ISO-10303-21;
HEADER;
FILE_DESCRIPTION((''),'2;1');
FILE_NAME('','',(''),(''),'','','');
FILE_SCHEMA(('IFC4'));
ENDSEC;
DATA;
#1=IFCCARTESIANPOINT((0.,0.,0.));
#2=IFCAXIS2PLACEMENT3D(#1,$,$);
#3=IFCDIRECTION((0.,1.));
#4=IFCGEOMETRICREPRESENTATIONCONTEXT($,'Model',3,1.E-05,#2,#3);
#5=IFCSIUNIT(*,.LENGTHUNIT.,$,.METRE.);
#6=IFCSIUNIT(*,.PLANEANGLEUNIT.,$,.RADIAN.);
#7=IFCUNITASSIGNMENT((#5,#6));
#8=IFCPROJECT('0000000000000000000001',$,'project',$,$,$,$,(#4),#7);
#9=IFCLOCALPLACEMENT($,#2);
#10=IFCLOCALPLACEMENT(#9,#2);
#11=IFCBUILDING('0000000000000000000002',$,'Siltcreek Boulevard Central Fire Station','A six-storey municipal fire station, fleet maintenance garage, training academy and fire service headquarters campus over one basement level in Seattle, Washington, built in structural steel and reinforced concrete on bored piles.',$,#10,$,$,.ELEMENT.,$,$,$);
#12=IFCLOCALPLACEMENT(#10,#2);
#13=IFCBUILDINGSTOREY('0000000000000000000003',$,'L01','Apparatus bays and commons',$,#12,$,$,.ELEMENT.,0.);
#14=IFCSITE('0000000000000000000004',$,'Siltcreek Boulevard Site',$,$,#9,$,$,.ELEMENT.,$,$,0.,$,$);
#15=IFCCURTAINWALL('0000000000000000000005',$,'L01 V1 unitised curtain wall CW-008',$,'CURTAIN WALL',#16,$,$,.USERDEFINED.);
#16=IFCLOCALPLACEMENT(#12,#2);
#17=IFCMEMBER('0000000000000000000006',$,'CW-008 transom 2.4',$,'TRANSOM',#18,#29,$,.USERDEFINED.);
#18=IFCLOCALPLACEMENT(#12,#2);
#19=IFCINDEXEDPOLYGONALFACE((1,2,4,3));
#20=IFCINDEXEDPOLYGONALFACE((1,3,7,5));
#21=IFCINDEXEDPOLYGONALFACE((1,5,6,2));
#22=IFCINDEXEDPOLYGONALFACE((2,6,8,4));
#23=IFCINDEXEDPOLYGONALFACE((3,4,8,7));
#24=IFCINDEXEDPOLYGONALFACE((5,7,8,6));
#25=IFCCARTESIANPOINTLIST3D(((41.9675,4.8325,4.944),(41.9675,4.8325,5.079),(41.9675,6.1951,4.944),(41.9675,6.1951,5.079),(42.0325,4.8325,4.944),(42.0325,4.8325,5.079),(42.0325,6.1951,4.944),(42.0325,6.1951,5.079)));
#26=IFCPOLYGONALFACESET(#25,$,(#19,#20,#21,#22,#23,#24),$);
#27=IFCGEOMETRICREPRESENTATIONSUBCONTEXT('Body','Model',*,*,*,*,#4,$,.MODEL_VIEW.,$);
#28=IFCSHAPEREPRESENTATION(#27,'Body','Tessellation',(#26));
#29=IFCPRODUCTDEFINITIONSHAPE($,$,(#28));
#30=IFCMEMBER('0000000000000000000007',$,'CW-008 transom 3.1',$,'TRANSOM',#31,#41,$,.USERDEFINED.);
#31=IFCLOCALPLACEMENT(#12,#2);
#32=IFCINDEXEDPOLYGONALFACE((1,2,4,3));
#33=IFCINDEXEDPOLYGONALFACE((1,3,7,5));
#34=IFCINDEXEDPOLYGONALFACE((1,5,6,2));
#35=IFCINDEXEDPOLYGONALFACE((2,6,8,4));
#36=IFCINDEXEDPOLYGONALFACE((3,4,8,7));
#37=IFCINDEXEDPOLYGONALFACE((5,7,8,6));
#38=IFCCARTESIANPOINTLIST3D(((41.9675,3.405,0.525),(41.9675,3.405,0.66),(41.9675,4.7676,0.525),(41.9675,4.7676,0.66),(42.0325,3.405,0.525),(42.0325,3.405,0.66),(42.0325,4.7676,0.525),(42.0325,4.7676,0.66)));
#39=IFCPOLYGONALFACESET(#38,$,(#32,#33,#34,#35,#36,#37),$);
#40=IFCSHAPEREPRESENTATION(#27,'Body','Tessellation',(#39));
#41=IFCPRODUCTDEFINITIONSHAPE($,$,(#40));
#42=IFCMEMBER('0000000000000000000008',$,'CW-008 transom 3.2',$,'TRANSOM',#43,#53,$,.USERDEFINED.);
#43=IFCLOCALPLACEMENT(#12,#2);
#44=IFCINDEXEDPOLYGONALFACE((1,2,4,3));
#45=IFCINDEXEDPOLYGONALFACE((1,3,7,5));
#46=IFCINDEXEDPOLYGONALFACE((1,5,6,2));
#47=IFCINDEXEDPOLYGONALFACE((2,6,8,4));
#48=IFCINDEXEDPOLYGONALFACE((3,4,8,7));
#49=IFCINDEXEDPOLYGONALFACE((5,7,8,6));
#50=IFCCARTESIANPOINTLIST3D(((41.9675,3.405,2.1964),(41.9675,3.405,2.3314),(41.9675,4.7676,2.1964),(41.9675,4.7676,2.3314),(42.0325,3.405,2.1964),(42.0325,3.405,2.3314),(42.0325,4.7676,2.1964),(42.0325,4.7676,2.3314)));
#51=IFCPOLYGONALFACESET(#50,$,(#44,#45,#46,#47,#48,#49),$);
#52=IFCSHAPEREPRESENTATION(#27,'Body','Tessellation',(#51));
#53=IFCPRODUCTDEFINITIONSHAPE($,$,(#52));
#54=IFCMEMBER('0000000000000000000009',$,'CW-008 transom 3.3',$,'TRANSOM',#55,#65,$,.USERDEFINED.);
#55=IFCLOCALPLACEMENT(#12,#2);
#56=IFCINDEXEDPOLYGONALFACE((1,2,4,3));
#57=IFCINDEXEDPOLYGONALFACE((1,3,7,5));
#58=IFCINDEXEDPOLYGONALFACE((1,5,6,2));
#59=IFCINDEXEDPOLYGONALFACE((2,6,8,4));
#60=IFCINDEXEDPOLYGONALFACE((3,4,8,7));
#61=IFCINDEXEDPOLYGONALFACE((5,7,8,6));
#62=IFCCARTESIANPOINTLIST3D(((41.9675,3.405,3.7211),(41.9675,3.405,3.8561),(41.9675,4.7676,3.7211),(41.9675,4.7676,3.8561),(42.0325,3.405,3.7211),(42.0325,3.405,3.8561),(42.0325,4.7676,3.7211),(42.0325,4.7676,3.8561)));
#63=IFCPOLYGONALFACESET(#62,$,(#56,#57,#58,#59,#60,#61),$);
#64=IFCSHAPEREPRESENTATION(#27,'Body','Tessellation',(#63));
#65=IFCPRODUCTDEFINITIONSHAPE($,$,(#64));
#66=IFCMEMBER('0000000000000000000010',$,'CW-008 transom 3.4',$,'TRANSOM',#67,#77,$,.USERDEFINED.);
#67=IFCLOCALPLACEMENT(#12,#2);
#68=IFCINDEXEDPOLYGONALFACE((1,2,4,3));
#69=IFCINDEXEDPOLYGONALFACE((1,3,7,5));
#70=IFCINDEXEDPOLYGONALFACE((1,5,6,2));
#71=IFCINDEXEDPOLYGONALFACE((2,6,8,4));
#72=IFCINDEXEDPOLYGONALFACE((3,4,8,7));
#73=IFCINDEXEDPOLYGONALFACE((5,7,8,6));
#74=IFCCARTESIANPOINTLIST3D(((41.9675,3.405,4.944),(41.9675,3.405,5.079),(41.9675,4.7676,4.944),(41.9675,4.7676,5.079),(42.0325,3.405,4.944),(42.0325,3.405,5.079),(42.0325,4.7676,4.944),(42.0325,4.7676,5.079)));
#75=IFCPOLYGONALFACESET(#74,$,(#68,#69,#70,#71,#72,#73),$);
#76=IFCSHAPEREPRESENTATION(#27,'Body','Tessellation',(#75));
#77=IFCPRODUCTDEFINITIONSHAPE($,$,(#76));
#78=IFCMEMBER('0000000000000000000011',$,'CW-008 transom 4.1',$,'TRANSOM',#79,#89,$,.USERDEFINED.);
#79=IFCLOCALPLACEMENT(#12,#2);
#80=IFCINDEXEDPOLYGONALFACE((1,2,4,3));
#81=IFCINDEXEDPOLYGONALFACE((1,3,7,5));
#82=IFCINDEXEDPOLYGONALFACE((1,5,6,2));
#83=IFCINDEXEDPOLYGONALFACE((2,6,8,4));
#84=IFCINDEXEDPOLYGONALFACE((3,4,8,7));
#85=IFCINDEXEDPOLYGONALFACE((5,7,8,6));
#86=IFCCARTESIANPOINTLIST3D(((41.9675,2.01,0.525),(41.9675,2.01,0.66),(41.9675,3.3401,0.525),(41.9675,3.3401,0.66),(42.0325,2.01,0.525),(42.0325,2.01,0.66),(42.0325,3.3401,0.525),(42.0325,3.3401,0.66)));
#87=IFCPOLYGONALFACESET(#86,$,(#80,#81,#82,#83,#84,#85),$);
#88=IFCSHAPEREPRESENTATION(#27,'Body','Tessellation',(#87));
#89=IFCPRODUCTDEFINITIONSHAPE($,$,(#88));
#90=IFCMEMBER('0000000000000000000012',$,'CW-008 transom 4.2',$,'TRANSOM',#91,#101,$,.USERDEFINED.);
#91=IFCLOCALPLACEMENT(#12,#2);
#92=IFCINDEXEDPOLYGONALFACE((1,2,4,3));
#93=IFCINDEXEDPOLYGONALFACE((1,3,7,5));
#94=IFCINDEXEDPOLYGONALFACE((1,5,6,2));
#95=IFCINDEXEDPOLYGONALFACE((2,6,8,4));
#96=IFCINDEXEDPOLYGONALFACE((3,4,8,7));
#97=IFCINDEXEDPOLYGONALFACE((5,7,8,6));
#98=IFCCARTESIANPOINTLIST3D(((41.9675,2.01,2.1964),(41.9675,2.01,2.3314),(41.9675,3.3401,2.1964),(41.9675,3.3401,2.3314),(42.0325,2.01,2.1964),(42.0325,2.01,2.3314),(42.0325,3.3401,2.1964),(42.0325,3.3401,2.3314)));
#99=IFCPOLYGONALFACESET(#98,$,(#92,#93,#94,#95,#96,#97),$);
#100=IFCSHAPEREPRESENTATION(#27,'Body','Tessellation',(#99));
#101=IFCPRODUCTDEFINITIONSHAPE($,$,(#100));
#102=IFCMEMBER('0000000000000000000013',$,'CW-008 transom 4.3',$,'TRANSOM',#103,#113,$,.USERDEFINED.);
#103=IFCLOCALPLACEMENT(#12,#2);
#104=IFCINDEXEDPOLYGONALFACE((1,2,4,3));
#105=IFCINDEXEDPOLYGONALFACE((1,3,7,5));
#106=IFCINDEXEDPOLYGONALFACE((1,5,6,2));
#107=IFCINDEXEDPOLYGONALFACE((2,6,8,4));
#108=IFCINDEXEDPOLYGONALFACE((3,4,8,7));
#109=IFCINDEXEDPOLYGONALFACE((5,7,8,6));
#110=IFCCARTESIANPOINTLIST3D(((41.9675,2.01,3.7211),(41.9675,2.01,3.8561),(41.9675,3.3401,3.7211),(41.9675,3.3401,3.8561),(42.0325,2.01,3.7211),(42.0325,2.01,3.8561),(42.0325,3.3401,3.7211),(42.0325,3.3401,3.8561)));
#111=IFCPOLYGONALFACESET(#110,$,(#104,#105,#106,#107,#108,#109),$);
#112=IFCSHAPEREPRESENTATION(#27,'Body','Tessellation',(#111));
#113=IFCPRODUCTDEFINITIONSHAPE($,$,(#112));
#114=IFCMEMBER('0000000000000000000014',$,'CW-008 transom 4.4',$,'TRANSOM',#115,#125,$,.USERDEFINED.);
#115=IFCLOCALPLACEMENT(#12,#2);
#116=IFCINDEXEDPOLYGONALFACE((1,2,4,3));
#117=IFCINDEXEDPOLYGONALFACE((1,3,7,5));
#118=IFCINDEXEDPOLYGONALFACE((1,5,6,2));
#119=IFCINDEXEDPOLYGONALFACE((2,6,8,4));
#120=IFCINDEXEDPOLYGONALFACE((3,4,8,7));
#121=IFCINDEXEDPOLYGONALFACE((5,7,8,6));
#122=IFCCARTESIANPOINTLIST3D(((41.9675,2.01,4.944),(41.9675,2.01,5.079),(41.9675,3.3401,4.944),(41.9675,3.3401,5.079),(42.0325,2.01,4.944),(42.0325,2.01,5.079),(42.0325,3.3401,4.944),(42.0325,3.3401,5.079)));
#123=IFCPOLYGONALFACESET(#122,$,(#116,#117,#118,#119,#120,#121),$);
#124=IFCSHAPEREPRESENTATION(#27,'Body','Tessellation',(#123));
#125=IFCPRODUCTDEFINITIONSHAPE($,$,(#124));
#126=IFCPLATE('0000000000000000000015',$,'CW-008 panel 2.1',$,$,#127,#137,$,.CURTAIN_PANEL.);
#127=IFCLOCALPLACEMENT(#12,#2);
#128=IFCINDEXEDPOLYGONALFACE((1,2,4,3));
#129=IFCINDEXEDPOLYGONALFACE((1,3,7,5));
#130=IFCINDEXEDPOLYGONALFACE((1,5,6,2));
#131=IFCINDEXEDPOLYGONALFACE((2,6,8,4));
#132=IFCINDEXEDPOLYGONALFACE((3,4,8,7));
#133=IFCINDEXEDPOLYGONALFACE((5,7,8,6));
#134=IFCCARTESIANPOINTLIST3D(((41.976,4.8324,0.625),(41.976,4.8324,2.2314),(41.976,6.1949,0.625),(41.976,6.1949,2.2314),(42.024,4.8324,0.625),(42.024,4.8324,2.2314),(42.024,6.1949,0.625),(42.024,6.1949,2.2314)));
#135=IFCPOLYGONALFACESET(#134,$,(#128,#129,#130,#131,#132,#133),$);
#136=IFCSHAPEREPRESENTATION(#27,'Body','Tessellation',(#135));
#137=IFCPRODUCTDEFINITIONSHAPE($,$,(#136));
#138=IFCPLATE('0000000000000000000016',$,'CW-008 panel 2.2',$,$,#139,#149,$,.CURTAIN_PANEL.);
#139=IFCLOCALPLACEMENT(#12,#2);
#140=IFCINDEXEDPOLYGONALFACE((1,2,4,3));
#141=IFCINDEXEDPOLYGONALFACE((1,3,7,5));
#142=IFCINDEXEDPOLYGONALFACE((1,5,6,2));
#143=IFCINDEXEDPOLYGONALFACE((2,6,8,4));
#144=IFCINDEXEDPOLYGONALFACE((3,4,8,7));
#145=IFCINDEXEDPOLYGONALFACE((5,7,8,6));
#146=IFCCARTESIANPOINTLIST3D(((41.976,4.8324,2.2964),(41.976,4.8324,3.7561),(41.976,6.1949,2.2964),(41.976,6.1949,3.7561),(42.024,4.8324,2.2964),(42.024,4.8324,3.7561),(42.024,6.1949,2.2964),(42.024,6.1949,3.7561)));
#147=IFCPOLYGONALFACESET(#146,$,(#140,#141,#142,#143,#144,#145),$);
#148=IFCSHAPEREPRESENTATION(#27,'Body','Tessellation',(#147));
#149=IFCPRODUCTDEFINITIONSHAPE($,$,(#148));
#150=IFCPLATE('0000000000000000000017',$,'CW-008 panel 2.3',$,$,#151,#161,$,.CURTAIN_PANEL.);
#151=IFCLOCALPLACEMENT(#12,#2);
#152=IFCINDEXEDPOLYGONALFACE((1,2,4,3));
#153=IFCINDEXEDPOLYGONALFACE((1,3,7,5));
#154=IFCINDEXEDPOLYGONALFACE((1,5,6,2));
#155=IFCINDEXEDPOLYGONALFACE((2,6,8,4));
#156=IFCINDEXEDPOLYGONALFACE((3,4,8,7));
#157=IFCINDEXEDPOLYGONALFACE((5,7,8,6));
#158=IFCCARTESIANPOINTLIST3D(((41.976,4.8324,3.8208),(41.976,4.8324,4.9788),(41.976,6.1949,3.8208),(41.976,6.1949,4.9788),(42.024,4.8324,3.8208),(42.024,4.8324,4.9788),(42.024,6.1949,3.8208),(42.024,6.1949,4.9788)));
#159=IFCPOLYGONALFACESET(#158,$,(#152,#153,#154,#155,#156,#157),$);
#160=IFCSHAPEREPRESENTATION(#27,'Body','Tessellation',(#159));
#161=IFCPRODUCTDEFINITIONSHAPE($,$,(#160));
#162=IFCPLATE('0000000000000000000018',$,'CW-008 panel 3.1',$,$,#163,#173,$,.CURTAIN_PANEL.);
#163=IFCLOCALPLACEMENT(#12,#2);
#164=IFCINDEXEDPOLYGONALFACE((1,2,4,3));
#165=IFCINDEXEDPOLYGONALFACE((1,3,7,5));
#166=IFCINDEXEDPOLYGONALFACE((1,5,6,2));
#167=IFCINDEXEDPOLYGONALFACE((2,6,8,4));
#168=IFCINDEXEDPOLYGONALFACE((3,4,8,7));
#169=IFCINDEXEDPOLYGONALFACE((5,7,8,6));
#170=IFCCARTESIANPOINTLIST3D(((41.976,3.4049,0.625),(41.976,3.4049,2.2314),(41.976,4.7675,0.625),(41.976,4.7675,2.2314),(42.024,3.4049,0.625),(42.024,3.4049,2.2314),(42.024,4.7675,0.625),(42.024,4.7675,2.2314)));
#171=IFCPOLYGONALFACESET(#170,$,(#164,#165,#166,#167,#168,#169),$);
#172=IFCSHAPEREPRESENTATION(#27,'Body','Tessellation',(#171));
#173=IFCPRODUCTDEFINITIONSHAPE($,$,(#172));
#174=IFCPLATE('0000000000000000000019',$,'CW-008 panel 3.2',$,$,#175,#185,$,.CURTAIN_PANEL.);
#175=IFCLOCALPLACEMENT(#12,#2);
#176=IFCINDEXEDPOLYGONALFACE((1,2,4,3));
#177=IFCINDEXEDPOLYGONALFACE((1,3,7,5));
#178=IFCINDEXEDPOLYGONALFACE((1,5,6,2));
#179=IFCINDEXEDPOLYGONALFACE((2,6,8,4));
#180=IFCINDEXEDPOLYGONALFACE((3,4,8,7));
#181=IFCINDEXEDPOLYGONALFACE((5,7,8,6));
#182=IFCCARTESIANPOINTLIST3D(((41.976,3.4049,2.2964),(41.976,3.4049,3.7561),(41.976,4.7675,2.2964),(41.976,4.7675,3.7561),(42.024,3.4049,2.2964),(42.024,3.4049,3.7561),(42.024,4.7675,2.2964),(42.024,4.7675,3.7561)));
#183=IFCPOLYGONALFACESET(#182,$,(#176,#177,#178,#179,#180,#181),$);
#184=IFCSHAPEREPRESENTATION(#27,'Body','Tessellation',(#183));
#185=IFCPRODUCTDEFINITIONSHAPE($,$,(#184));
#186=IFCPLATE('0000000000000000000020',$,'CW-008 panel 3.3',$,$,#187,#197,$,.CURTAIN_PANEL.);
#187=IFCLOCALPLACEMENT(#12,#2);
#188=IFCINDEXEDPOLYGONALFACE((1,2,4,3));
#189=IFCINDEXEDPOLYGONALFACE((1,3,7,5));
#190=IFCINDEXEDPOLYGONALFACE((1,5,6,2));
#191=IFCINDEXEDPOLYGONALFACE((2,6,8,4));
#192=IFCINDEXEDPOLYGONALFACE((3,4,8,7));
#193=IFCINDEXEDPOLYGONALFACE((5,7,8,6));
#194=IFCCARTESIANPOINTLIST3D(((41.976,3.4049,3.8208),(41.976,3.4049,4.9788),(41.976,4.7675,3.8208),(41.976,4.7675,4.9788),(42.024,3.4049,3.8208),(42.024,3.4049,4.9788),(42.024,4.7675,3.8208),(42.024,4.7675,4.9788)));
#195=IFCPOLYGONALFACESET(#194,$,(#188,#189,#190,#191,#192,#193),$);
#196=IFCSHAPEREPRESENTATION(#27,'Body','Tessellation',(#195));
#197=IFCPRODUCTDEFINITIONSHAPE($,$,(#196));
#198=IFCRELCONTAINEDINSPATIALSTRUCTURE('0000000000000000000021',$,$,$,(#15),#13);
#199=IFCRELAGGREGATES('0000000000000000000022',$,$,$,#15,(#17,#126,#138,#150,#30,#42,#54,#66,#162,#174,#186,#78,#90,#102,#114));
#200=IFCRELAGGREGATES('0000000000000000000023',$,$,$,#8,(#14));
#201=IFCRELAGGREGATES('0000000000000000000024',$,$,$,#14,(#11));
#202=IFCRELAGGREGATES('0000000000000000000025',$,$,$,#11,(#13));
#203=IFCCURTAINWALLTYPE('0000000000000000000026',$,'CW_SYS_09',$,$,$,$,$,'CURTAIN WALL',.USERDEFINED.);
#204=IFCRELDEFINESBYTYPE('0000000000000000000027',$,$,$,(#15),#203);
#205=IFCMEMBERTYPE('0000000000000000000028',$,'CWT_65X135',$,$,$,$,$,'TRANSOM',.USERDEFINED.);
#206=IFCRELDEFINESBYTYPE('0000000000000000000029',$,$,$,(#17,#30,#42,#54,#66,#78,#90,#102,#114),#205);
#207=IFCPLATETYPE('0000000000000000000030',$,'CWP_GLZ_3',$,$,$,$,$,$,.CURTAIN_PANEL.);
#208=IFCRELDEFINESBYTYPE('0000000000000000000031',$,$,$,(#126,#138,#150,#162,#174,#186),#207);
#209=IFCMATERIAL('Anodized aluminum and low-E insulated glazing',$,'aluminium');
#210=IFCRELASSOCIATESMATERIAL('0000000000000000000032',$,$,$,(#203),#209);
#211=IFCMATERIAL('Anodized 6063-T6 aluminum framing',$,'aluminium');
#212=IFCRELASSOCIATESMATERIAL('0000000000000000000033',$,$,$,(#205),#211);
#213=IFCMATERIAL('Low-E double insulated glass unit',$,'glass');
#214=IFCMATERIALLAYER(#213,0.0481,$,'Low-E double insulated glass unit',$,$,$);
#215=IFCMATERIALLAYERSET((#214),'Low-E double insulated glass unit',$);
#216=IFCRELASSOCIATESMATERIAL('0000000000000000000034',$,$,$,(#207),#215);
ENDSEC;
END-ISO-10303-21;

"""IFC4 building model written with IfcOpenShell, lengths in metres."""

from ifc_helpers import new_model, si_unit, direction, frame, origin, origin_2d, place, context, subcontext, project, spatial, rectangle, extrude, material, layer, layer_set, material_profile, profile_set, type_object, element, aggregate, save


model = new_model("IFC4")

# Units and contexts
model_context = context("Model", 3, precision=1e-05, world=origin(), true_north=direction((0.0, 1.0)))
body_context = subcontext(model_context, "Body", "Model", "MODEL_VIEW")
ifc_project = project(units=[si_unit("LENGTHUNIT", "METRE"), si_unit("PLANEANGLEUNIT", "RADIAN")], contexts=[model_context])

# Site, building, storey
site_placement = place(None, origin())
site = spatial("IfcSite", under=ifc_project, at=site_placement, Name="Siltcreek Boulevard Site", CompositionType="ELEMENT", RefElevation=0.0)
building_placement = place(site_placement, origin())
building = spatial("IfcBuilding", under=site, at=building_placement, Name="Siltcreek Boulevard Central Fire Station", Description="A six-storey municipal fire station, fleet maintenance garage, training academy and fire service headquarters campus over one basement level in Seattle, Washington, built in structural steel and reinforced concrete on bored piles.", CompositionType="ELEMENT")
storey_placement = place(building_placement, origin())
storey = spatial("IfcBuildingStorey", under=building, at=storey_placement, Name="L01", Description="Apparatus bays and commons", CompositionType="ELEMENT", Elevation=0.0)

# Curtain wall, members, plates
ifc_material_1 = material(Name="Anodized aluminum and low-E insulated glazing", Category="aluminium")
curtain_wall_type = type_object("IfcCurtainWallType", Name="CW_SYS_09", ElementType="CURTAIN WALL", PredefinedType="USERDEFINED", material=ifc_material_1)
curtain_wall_placement = place(storey_placement, origin())
curtain_wall = element("IfcCurtainWall", 1, at=curtain_wall_placement, inside=storey, type_object=curtain_wall_type, Name="L01 V1 unitised curtain wall CW-008", ObjectType="CURTAIN WALL", PredefinedType="USERDEFINED")
ifc_material_2 = material(Name="Anodized 6063-T6 aluminum framing", Category="aluminium")
ifc_material_profile_1 = material_profile(ifc_material_2, rectangle(XDim=0.0649, YDim=0.135, at=origin_2d()), Name="TRAN65X135")
ifc_profile_set_1 = profile_set([ifc_material_profile_1], Name="Anodized 6063-T6 aluminum framing")
member_type_1 = type_object("IfcMemberType", Name="CWT_65X135", ElementType="TRANSOM", PredefinedType="USERDEFINED", material=ifc_profile_set_1)
member_1_placement = place(storey_placement, frame((42.0, 6.1951, 5.0115), z_axis=(0.0, -1.0, 0.0), x_axis=(1.0, 0.0, 0.0)))
member_1 = element("IfcMember", 2, at=member_1_placement, type_object=member_type_1, Name="CW-008 transom 2.4", ObjectType="TRANSOM", PredefinedType="USERDEFINED", context=body_context, shape_type="SweptSolid", body=[
    extrude(rectangle(XDim=0.0649, YDim=0.135, at=origin_2d()), origin(), (0.0, 0.0, 1.0), 1.3625),
])
member_2_placement = place(storey_placement, frame((42.0, 4.7676, 0.5925), z_axis=(0.0, -1.0, 0.0), x_axis=(1.0, 0.0, 0.0)))
member_2 = element("IfcMember", 3, at=member_2_placement, type_object=member_type_1, Name="CW-008 transom 3.1", ObjectType="TRANSOM", PredefinedType="USERDEFINED", context=body_context, shape_type="SweptSolid", body=[
    extrude(rectangle(XDim=0.0649, YDim=0.135, at=origin_2d()), origin(), (0.0, 0.0, 1.0), 1.3625),
])
member_3_placement = place(storey_placement, frame((42.0, 4.7676, 2.2639), z_axis=(0.0, -1.0, 0.0), x_axis=(1.0, 0.0, 0.0)))
member_3 = element("IfcMember", 4, at=member_3_placement, type_object=member_type_1, Name="CW-008 transom 3.2", ObjectType="TRANSOM", PredefinedType="USERDEFINED", context=body_context, shape_type="SweptSolid", body=[
    extrude(rectangle(XDim=0.0649, YDim=0.135, at=origin_2d()), origin(), (0.0, 0.0, 1.0), 1.3625),
])
member_4_placement = place(storey_placement, frame((42.0, 4.7676, 3.7886), z_axis=(0.0, -1.0, 0.0), x_axis=(1.0, 0.0, 0.0)))
member_4 = element("IfcMember", 5, at=member_4_placement, type_object=member_type_1, Name="CW-008 transom 3.3", ObjectType="TRANSOM", PredefinedType="USERDEFINED", context=body_context, shape_type="SweptSolid", body=[
    extrude(rectangle(XDim=0.0649, YDim=0.135, at=origin_2d()), origin(), (0.0, 0.0, 1.0), 1.3625),
])
member_5_placement = place(storey_placement, frame((42.0, 4.7676, 5.0115), z_axis=(0.0, -1.0, 0.0), x_axis=(1.0, 0.0, 0.0)))
member_5 = element("IfcMember", 6, at=member_5_placement, type_object=member_type_1, Name="CW-008 transom 3.4", ObjectType="TRANSOM", PredefinedType="USERDEFINED", context=body_context, shape_type="SweptSolid", body=[
    extrude(rectangle(XDim=0.0649, YDim=0.135, at=origin_2d()), origin(), (0.0, 0.0, 1.0), 1.3625),
])
member_6_placement = place(storey_placement, frame((42.0, 3.3401, 0.5925), z_axis=(0.0, -1.0, 0.0), x_axis=(1.0, 0.0, 0.0)))
member_6 = element("IfcMember", 7, at=member_6_placement, type_object=member_type_1, Name="CW-008 transom 4.1", ObjectType="TRANSOM", PredefinedType="USERDEFINED", context=body_context, shape_type="SweptSolid", body=[
    extrude(rectangle(XDim=0.0649, YDim=0.135, at=origin_2d()), origin(), (0.0, 0.0, 1.0), 1.3301),
])
member_7_placement = place(storey_placement, frame((42.0, 3.3401, 2.2639), z_axis=(0.0, -1.0, 0.0), x_axis=(1.0, 0.0, 0.0)))
member_7 = element("IfcMember", 8, at=member_7_placement, type_object=member_type_1, Name="CW-008 transom 4.2", ObjectType="TRANSOM", PredefinedType="USERDEFINED", context=body_context, shape_type="SweptSolid", body=[
    extrude(rectangle(XDim=0.0649, YDim=0.135, at=origin_2d()), origin(), (0.0, 0.0, 1.0), 1.3301),
])
member_8_placement = place(storey_placement, frame((42.0, 3.3401, 3.7886), z_axis=(0.0, -1.0, 0.0), x_axis=(1.0, 0.0, 0.0)))
member_8 = element("IfcMember", 9, at=member_8_placement, type_object=member_type_1, Name="CW-008 transom 4.3", ObjectType="TRANSOM", PredefinedType="USERDEFINED", context=body_context, shape_type="SweptSolid", body=[
    extrude(rectangle(XDim=0.0649, YDim=0.135, at=origin_2d()), origin(), (0.0, 0.0, 1.0), 1.3301),
])
member_9_placement = place(storey_placement, frame((42.0, 3.3401, 5.0115), z_axis=(0.0, -1.0, 0.0), x_axis=(1.0, 0.0, 0.0)))
member_9 = element("IfcMember", 10, at=member_9_placement, type_object=member_type_1, Name="CW-008 transom 4.4", ObjectType="TRANSOM", PredefinedType="USERDEFINED", context=body_context, shape_type="SweptSolid", body=[
    extrude(rectangle(XDim=0.0649, YDim=0.135, at=origin_2d()), origin(), (0.0, 0.0, 1.0), 1.3301),
])
ifc_material_3 = material(Name="Low-E double insulated glass unit", Category="glass")
ifc_layer = layer(ifc_material_3, 0.0481, Name="Low-E double insulated glass unit")
ifc_layer_set = layer_set([ifc_layer], Name="Low-E double insulated glass unit")
plate_type = type_object("IfcPlateType", Name="CWP_GLZ_3", PredefinedType="CURTAIN_PANEL", material=ifc_layer_set)
plate_1_placement = place(storey_placement, frame((42.0, 5.5137, 0.625), z_axis=(0.0, 0.0, 1.0), x_axis=(0.0, -1.0, 0.0)))
plate_1 = element("IfcPlate", 11, at=plate_1_placement, type_object=plate_type, Name="CW-008 panel 2.1", PredefinedType="CURTAIN_PANEL", context=body_context, shape_type="SweptSolid", body=[
    extrude(rectangle(XDim=1.3625, YDim=0.0481, at=origin_2d()), origin(), (0.0, 0.0, 1.0), 1.6064),
])
plate_2_placement = place(storey_placement, frame((42.0, 5.5137, 2.2964), z_axis=(0.0, 0.0, 1.0), x_axis=(0.0, -1.0, 0.0)))
plate_2 = element("IfcPlate", 12, at=plate_2_placement, type_object=plate_type, Name="CW-008 panel 2.2", PredefinedType="CURTAIN_PANEL", context=body_context, shape_type="SweptSolid", body=[
    extrude(rectangle(XDim=1.3625, YDim=0.0481, at=origin_2d()), origin(), (0.0, 0.0, 1.0), 1.4597),
])
plate_3_placement = place(storey_placement, frame((42.0, 5.5137, 3.8208), z_axis=(0.0, 0.0, 1.0), x_axis=(0.0, -1.0, 0.0)))
plate_3 = element("IfcPlate", 13, at=plate_3_placement, type_object=plate_type, Name="CW-008 panel 2.3", PredefinedType="CURTAIN_PANEL", context=body_context, shape_type="SweptSolid", body=[
    extrude(rectangle(XDim=1.3625, YDim=0.0481, at=origin_2d()), origin(), (0.0, 0.0, 1.0), 1.158),
])
plate_4_placement = place(storey_placement, frame((42.0, 4.0862, 0.625), z_axis=(0.0, 0.0, 1.0), x_axis=(0.0, -1.0, 0.0)))
plate_4 = element("IfcPlate", 14, at=plate_4_placement, type_object=plate_type, Name="CW-008 panel 3.1", PredefinedType="CURTAIN_PANEL", context=body_context, shape_type="SweptSolid", body=[
    extrude(rectangle(XDim=1.3625, YDim=0.0481, at=origin_2d()), origin(), (0.0, 0.0, 1.0), 1.6064),
])
plate_5_placement = place(storey_placement, frame((42.0, 4.0862, 2.2964), z_axis=(0.0, 0.0, 1.0), x_axis=(0.0, -1.0, 0.0)))
plate_5 = element("IfcPlate", 15, at=plate_5_placement, type_object=plate_type, Name="CW-008 panel 3.2", PredefinedType="CURTAIN_PANEL", context=body_context, shape_type="SweptSolid", body=[
    extrude(rectangle(XDim=1.3625, YDim=0.0481, at=origin_2d()), origin(), (0.0, 0.0, 1.0), 1.4597),
])
plate_6_placement = place(storey_placement, frame((42.0, 4.0862, 3.8208), z_axis=(0.0, 0.0, 1.0), x_axis=(0.0, -1.0, 0.0)))
plate_6 = element("IfcPlate", 16, at=plate_6_placement, type_object=plate_type, Name="CW-008 panel 3.3", PredefinedType="CURTAIN_PANEL", context=body_context, shape_type="SweptSolid", body=[
    extrude(rectangle(XDim=1.3625, YDim=0.0481, at=origin_2d()), origin(), (0.0, 0.0, 1.0), 1.158),
])
aggregate(curtain_wall, [member_1, plate_1, plate_2, plate_3, member_2, member_3, member_4, member_5, plate_4, plate_5, plate_6, member_6, member_7, member_8, member_9])

save(model, "model.ifc")
